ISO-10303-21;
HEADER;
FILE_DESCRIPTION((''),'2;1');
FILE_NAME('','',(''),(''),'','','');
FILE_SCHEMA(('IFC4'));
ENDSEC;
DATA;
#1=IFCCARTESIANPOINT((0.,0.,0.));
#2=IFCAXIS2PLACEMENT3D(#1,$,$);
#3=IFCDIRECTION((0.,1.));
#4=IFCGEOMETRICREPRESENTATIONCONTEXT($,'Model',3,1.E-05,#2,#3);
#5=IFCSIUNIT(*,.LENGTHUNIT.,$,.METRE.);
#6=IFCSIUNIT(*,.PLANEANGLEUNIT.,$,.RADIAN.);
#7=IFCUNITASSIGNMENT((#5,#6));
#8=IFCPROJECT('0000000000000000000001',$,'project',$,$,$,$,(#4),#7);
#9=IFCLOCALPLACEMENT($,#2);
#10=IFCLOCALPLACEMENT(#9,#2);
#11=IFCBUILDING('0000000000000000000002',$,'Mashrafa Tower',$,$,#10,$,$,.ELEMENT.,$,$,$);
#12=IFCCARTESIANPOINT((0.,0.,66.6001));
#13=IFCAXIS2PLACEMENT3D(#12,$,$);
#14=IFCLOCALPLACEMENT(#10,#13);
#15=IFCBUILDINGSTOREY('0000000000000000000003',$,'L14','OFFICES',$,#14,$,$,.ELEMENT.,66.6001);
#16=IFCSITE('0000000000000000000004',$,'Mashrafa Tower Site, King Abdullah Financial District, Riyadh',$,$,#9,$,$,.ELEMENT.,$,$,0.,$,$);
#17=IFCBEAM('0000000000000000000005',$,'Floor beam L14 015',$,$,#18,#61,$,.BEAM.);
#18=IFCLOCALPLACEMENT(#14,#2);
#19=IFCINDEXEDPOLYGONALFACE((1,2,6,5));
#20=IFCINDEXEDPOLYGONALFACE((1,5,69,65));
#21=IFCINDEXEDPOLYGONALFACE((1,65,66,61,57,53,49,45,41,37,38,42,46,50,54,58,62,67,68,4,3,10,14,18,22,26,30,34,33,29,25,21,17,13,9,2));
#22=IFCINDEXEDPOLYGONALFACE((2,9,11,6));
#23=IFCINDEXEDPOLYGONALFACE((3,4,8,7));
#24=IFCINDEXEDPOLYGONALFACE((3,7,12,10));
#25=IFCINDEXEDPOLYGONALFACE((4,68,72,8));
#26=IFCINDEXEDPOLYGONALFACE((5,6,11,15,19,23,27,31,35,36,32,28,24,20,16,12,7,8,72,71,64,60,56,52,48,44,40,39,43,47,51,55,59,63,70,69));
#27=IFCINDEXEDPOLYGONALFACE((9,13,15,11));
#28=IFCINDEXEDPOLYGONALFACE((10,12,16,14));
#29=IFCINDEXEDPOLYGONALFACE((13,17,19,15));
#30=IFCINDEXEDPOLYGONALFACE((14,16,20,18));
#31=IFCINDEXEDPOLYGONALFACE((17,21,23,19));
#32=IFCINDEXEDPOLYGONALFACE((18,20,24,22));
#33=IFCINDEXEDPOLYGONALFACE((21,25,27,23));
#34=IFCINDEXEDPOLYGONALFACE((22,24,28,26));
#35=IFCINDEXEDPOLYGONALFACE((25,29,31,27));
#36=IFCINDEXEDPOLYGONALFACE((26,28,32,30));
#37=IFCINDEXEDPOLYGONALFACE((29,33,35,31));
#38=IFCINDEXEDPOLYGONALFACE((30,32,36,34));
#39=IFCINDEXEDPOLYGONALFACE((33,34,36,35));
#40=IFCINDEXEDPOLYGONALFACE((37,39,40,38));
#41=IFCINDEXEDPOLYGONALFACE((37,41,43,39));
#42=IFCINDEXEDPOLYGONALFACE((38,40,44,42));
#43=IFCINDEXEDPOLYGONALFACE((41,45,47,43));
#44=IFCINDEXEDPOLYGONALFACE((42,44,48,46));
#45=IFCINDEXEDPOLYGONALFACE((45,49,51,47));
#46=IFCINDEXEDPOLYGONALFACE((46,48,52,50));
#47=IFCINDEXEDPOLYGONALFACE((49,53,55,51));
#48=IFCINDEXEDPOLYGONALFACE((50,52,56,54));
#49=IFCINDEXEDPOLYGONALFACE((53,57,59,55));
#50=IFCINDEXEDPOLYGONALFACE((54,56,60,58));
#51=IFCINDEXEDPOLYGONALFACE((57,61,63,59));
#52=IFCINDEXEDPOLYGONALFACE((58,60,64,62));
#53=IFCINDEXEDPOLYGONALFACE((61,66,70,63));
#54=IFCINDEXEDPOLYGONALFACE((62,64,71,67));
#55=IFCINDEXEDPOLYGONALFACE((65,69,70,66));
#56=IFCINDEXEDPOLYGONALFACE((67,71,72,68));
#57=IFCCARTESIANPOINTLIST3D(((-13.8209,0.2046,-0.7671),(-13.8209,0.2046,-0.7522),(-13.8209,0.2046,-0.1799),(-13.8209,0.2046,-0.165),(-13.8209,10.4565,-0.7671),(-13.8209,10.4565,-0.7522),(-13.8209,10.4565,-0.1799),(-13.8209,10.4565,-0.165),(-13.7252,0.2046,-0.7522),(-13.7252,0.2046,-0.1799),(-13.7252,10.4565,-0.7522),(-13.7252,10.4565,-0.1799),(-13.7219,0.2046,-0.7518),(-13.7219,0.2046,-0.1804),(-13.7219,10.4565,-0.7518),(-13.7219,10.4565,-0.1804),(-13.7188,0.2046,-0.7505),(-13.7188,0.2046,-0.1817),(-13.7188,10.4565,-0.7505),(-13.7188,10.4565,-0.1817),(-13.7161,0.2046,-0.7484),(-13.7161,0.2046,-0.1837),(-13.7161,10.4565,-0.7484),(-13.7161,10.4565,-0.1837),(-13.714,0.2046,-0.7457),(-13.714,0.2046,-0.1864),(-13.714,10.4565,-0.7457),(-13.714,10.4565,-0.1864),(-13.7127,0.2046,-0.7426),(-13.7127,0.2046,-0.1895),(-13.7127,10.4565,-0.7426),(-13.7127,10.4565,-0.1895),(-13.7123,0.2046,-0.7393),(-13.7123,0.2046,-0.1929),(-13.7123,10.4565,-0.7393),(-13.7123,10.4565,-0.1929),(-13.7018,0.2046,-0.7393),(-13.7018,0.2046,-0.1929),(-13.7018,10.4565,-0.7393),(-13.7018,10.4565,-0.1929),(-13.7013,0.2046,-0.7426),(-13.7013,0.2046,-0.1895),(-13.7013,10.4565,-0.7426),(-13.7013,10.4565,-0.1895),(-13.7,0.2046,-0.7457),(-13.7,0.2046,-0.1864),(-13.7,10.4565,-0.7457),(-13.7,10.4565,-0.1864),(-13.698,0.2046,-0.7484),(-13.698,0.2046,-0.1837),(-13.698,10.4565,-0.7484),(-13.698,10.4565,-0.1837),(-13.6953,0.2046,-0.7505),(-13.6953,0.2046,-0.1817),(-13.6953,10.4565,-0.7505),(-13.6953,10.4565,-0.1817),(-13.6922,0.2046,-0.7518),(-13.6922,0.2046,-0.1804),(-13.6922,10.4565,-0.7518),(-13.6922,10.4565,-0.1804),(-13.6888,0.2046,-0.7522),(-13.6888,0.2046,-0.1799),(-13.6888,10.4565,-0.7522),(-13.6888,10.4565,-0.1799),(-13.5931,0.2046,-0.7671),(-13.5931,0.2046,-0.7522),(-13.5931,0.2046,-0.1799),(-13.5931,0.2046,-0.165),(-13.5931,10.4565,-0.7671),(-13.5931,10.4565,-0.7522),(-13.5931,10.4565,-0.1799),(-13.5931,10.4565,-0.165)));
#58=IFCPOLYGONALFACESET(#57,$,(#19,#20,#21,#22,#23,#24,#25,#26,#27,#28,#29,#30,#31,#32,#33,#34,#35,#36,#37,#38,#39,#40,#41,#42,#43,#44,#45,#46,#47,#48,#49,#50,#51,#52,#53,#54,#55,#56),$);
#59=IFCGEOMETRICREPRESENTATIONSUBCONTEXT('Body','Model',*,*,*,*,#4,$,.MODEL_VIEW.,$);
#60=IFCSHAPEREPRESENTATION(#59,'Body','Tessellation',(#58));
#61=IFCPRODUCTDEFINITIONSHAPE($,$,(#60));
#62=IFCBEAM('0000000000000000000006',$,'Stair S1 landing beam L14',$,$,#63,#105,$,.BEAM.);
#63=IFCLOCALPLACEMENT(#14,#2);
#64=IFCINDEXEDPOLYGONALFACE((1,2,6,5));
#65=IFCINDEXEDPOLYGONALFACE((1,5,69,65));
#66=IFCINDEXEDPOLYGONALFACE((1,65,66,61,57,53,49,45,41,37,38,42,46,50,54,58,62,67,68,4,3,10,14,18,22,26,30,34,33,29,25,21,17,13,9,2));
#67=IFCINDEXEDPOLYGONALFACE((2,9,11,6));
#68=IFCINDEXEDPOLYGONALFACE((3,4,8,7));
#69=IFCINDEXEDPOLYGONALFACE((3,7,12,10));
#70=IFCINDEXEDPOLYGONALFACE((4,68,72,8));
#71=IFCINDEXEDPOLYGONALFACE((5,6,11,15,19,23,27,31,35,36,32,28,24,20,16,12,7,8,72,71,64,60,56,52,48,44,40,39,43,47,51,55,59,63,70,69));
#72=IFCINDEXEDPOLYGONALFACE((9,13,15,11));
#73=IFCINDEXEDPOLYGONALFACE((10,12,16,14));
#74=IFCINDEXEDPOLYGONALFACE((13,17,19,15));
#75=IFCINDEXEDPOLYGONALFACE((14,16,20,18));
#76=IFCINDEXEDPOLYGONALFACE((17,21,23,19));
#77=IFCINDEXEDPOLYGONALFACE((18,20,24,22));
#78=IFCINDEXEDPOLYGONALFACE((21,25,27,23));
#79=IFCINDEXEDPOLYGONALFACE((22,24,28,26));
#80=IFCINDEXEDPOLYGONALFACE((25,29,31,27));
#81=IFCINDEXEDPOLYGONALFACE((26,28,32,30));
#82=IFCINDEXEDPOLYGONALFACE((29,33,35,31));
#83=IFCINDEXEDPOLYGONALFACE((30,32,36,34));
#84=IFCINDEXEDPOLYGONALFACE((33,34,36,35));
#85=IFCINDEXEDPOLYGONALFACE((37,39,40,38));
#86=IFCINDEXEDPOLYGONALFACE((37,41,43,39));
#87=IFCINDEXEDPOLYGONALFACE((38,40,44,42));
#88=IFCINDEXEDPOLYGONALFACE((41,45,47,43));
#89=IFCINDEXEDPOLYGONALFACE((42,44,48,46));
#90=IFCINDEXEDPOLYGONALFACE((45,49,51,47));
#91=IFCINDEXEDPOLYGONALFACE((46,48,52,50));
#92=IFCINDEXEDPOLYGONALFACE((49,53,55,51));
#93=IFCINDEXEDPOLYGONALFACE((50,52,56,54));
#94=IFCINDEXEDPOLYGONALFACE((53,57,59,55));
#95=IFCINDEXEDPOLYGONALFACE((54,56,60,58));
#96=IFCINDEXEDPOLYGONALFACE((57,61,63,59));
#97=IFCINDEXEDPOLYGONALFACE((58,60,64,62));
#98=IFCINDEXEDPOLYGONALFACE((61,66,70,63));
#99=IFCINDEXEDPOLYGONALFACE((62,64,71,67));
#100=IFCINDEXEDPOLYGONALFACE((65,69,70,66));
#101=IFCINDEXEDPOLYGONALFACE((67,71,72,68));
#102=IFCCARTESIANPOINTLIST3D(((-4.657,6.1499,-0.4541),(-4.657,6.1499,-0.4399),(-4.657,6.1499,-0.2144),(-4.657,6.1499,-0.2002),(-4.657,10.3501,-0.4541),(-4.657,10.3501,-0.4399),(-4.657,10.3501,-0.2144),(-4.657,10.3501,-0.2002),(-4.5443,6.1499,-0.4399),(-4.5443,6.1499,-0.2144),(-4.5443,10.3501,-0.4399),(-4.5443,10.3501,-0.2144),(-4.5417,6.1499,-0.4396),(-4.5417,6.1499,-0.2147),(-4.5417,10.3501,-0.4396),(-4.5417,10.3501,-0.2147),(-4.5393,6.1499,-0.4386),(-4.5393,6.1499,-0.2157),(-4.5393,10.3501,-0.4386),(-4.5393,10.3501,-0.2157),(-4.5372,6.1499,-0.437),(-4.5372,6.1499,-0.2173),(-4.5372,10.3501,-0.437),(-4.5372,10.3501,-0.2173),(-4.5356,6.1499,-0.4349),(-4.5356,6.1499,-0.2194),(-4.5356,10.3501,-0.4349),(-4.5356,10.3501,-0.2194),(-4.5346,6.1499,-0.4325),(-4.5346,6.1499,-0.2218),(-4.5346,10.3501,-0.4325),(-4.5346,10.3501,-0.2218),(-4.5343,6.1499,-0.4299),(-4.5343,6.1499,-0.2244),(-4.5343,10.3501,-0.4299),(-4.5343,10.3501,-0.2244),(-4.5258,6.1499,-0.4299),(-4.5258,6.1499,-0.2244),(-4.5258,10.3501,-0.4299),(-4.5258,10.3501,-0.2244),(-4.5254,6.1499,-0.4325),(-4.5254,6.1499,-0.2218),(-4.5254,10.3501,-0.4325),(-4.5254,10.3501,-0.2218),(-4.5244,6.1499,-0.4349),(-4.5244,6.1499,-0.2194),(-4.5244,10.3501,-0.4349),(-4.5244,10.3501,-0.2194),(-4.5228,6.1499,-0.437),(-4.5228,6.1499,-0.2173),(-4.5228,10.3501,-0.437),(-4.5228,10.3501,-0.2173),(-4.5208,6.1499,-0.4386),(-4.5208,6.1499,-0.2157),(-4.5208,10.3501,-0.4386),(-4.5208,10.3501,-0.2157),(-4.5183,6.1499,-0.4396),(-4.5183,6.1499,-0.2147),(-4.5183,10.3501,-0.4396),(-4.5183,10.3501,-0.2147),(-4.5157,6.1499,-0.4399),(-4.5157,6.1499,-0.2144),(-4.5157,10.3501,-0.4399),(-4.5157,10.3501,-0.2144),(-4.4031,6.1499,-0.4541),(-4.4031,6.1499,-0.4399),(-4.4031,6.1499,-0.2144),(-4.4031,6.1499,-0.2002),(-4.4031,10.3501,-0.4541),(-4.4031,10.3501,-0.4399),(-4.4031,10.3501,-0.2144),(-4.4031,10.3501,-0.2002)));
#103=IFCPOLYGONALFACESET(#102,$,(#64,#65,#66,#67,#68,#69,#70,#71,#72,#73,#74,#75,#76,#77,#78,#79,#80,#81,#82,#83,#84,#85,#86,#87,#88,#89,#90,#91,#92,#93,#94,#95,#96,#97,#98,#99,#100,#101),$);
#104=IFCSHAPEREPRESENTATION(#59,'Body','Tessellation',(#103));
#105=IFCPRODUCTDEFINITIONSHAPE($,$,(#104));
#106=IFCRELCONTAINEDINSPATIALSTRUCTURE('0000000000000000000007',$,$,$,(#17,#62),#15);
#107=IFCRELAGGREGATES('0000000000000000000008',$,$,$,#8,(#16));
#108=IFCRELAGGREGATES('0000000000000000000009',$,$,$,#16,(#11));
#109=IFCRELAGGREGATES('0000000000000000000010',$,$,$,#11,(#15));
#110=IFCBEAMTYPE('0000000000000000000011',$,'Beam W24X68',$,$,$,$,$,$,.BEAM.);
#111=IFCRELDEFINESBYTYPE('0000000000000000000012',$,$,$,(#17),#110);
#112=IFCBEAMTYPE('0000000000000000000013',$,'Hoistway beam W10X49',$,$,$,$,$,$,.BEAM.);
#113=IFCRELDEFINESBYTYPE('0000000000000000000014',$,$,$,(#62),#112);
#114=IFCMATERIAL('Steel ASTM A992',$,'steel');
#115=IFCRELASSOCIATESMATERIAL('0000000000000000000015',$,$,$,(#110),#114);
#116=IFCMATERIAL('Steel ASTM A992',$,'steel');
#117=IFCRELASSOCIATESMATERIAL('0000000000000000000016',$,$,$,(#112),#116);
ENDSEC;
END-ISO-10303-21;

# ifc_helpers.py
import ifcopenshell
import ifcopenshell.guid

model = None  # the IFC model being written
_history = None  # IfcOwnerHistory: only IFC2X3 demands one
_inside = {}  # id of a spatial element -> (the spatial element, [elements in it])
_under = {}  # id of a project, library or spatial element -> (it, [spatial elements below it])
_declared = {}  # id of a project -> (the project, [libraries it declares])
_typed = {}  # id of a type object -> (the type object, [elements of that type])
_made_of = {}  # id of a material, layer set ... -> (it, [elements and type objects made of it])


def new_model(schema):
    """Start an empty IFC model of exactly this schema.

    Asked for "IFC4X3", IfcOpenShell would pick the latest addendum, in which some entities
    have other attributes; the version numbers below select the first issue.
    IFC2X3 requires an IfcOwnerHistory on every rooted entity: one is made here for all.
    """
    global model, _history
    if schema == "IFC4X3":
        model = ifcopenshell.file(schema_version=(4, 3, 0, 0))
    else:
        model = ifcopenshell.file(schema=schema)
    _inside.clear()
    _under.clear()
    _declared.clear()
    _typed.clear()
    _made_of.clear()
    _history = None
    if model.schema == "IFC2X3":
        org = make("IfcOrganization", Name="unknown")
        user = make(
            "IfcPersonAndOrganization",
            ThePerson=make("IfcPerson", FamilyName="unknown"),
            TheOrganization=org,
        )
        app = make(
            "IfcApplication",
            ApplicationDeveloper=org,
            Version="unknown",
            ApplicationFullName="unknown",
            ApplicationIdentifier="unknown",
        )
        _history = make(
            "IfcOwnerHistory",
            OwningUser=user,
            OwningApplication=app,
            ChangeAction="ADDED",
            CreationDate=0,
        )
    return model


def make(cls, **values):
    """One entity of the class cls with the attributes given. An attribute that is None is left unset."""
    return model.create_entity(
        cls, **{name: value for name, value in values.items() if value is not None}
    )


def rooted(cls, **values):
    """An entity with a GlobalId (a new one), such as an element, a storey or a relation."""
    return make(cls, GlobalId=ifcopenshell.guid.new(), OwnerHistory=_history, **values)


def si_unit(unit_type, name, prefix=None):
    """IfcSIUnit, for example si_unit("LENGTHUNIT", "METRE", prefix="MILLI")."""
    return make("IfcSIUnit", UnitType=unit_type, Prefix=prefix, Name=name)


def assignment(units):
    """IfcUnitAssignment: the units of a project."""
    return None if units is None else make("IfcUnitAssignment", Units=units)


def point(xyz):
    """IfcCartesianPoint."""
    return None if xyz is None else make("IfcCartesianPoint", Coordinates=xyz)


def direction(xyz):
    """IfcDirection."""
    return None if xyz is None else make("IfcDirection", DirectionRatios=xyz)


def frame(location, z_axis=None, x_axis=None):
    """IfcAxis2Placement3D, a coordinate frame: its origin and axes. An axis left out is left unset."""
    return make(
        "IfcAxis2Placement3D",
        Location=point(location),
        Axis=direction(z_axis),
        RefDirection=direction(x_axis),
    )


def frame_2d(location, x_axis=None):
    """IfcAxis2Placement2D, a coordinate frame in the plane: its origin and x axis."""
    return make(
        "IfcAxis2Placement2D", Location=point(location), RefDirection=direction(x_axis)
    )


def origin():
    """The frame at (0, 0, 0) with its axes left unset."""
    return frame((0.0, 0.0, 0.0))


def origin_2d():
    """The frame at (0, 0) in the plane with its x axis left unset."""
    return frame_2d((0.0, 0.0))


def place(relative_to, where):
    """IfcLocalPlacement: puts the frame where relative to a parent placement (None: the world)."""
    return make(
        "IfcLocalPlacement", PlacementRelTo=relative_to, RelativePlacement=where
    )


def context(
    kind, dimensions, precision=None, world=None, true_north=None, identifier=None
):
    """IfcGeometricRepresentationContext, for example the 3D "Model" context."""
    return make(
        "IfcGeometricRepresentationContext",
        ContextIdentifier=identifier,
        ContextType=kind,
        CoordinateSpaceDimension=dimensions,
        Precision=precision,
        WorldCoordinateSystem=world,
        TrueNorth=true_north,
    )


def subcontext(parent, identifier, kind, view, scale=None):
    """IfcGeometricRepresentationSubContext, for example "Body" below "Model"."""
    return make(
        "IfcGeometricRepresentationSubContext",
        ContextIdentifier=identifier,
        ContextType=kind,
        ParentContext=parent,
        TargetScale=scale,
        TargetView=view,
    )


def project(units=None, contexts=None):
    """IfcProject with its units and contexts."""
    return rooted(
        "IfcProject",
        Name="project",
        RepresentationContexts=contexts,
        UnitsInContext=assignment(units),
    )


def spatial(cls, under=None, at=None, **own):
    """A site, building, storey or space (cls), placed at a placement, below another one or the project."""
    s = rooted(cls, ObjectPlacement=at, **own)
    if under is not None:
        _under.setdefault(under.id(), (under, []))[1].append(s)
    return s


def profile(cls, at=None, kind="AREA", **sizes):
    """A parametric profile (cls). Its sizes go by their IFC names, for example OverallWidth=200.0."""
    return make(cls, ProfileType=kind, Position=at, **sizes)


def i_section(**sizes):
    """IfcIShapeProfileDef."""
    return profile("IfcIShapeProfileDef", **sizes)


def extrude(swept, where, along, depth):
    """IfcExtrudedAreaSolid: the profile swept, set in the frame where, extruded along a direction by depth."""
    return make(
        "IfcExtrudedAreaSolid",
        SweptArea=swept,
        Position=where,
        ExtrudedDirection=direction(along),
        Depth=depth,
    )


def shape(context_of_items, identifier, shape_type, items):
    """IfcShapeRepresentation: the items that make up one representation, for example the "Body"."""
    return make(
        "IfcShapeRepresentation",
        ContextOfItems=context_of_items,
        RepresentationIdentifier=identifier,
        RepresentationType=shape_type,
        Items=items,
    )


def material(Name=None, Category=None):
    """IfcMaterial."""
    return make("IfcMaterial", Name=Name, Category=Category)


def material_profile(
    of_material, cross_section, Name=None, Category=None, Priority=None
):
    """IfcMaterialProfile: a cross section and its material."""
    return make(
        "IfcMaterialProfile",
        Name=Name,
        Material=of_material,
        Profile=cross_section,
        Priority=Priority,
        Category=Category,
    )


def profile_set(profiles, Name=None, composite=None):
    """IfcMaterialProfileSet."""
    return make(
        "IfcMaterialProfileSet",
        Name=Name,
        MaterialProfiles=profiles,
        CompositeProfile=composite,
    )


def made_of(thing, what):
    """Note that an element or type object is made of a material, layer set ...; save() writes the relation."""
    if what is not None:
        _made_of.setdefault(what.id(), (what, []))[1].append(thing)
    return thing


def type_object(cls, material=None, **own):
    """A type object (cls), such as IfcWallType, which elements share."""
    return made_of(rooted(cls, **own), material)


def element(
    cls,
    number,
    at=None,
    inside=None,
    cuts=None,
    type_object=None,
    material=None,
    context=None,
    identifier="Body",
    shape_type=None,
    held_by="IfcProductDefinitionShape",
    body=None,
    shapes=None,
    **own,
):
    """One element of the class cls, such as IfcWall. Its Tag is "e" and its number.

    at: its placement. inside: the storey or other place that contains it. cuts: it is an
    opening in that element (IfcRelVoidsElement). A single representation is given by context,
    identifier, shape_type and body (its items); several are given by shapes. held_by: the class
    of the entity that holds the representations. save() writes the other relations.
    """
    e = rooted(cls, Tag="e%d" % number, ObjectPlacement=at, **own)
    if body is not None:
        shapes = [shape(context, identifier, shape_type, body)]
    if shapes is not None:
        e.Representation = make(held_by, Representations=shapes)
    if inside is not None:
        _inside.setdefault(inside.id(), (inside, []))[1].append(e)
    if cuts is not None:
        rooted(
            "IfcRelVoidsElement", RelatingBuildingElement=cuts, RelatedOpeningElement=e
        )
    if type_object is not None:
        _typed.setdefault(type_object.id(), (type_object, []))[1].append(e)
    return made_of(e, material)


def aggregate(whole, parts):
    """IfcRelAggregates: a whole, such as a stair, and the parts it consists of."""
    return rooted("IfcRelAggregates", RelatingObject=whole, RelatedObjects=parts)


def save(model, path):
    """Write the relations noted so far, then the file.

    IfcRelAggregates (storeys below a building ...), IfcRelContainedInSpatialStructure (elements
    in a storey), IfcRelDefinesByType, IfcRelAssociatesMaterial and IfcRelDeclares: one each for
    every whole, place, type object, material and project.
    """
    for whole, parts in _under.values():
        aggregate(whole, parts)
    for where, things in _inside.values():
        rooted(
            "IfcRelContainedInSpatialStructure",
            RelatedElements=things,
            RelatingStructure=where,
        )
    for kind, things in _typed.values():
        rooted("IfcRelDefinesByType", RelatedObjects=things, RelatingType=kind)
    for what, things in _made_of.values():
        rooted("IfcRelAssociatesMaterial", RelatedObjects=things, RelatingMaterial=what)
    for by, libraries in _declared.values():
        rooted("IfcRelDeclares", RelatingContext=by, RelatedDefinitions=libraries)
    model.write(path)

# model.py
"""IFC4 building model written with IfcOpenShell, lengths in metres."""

from ifc_helpers import new_model, si_unit, direction, frame, origin, origin_2d, place, context, subcontext, project, spatial, i_section, extrude, material, material_profile, profile_set, type_object, element, save


model = new_model("IFC4")

# Units and contexts
model_context = context("Model", 3, precision=1e-05, world=origin(), true_north=direction((0.0, 1.0)))
body_context = subcontext(model_context, "Body", "Model", "MODEL_VIEW")
ifc_project = project(units=[si_unit("LENGTHUNIT", "METRE"), si_unit("PLANEANGLEUNIT", "RADIAN")], contexts=[model_context])

# Site, building, storey
site_placement = place(None, origin())
site = spatial("IfcSite", under=ifc_project, at=site_placement, Name="Mashrafa Tower Site, King Abdullah Financial District, Riyadh", CompositionType="ELEMENT", RefElevation=0.0)
building_placement = place(site_placement, origin())
building = spatial("IfcBuilding", under=site, at=building_placement, Name="Mashrafa Tower", CompositionType="ELEMENT")
storey_placement = place(building_placement, frame((0.0, 0.0, 66.6001)))
storey = spatial("IfcBuildingStorey", under=building, at=storey_placement, Name="L14", Description="OFFICES", CompositionType="ELEMENT", Elevation=66.6001)

# Beams
ifc_material_1 = material(Name="Steel ASTM A992", Category="steel")
ifc_material_profile_1 = material_profile(ifc_material_1, i_section(OverallWidth=0.2278, OverallDepth=0.6021, WebThickness=0.0105, FlangeThickness=0.0149, FilletRadius=0.0129, at=origin_2d()), Name="W24X68")
ifc_profile_set_1 = profile_set([ifc_material_profile_1], Name="Steel ASTM A992")
beam_type_1 = type_object("IfcBeamType", Name="Beam W24X68", PredefinedType="BEAM", material=ifc_profile_set_1)
beam_1_placement = place(storey_placement, frame((-13.707, 0.2046, -0.4661), z_axis=(0.0, 1.0, 0.0), x_axis=(-1.0, 0.0, 0.0)))
element("IfcBeam", 1, at=beam_1_placement, inside=storey, type_object=beam_type_1, Name="Floor beam L14 015", PredefinedType="BEAM", context=body_context, shape_type="SweptSolid", body=[
    extrude(i_section(OverallWidth=0.2278, OverallDepth=0.6021, WebThickness=0.0105, FlangeThickness=0.0149, FilletRadius=0.0129, at=origin_2d()), origin(), (0.0, 0.0, 1.0), 10.252),
])
ifc_material_2 = material(Name="Steel ASTM A992", Category="steel")
ifc_material_profile_2 = material_profile(ifc_material_2, i_section(OverallWidth=0.2539, OverallDepth=0.2539, WebThickness=0.0085, FlangeThickness=0.0142, FilletRadius=0.01, at=origin_2d()), Name="W10X49")
ifc_profile_set_2 = profile_set([ifc_material_profile_2], Name="Steel ASTM A992")
beam_type_2 = type_object("IfcBeamType", Name="Hoistway beam W10X49", PredefinedType="BEAM", material=ifc_profile_set_2)
beam_2_placement = place(storey_placement, frame((-4.53, 6.1499, -0.3271), z_axis=(0.0, 1.0, 0.0), x_axis=(-1.0, 0.0, 0.0)))
element("IfcBeam", 2, at=beam_2_placement, inside=storey, type_object=beam_type_2, Name="Stair S1 landing beam L14", PredefinedType="BEAM", context=body_context, shape_type="SweptSolid", body=[
    extrude(i_section(OverallWidth=0.2539, OverallDepth=0.2539, WebThickness=0.0085, FlangeThickness=0.0142, FilletRadius=0.01, at=origin_2d()), origin(), (0.0, 0.0, 1.0), 4.2002),
])

save(model, "model.ifc")
